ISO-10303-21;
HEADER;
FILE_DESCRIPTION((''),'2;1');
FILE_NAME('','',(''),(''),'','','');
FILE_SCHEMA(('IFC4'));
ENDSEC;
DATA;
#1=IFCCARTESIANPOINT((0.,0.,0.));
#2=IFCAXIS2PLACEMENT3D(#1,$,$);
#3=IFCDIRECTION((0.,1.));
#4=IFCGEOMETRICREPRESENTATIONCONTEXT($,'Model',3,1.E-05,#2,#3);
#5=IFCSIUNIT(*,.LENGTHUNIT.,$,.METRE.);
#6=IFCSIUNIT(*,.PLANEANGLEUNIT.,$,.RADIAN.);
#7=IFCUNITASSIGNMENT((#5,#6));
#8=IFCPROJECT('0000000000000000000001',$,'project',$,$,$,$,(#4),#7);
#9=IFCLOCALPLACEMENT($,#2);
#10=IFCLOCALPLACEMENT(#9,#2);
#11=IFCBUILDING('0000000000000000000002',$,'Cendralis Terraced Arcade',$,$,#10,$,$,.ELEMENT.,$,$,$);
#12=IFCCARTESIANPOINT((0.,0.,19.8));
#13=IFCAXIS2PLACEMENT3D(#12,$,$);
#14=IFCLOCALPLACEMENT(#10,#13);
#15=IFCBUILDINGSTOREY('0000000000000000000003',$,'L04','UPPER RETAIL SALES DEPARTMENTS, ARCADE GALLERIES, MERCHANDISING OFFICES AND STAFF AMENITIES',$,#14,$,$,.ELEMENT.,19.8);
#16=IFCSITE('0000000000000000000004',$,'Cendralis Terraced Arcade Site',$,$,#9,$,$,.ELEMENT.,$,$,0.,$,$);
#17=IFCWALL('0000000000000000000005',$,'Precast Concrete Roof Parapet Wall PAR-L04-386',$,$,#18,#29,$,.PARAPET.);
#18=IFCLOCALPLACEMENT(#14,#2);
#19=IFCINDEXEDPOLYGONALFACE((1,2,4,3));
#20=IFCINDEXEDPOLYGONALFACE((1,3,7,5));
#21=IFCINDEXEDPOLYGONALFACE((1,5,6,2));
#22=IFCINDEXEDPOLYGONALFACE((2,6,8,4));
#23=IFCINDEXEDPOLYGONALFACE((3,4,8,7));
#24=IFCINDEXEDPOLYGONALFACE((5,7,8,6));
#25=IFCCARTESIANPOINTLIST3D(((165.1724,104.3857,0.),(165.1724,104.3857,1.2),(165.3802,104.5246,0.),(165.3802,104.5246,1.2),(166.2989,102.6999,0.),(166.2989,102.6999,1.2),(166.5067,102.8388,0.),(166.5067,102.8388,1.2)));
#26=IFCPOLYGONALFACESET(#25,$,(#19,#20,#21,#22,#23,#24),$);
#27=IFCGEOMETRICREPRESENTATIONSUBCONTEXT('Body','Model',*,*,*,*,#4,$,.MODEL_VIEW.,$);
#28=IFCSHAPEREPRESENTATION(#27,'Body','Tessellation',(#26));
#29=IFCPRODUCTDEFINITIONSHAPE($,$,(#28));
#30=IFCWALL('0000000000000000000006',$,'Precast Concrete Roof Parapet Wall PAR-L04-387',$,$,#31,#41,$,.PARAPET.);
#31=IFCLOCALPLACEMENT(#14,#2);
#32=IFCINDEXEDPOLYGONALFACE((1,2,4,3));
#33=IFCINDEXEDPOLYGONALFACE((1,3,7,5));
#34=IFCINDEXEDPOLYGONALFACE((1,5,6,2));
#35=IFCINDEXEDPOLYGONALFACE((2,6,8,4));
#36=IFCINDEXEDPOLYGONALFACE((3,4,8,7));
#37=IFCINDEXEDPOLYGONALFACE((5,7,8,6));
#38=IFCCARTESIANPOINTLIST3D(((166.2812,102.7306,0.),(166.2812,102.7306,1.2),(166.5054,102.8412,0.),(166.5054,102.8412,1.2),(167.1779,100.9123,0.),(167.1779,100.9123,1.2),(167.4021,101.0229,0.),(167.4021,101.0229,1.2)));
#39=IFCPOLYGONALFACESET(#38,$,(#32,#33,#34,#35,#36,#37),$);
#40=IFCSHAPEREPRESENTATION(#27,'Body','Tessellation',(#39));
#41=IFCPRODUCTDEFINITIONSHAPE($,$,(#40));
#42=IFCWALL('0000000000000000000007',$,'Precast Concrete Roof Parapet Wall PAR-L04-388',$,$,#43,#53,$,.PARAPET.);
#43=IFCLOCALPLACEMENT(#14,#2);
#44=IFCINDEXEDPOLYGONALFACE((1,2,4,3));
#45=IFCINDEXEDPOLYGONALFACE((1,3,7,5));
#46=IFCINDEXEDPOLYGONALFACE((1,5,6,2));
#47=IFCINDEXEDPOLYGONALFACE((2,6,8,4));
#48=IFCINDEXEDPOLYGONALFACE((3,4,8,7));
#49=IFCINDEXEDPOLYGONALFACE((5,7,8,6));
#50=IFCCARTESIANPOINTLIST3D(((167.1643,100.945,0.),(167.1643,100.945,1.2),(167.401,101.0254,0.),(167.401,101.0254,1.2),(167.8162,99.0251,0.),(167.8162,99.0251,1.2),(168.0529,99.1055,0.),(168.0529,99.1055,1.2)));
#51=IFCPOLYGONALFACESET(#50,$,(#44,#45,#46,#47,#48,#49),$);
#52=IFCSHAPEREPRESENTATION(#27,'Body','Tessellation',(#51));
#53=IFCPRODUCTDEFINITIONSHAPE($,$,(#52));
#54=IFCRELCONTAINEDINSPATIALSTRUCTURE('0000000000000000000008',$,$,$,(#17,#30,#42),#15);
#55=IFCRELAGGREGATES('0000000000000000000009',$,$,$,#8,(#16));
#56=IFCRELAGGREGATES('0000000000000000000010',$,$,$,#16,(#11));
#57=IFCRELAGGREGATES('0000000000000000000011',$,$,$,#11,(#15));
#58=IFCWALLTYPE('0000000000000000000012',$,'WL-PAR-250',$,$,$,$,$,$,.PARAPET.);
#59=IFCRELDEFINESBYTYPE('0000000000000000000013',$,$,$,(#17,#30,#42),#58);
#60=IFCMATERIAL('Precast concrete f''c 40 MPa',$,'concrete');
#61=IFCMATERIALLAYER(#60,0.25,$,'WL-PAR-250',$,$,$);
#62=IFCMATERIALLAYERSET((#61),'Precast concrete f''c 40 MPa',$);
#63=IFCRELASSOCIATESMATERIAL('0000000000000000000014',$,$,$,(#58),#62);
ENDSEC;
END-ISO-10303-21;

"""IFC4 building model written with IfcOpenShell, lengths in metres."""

from ifc_helpers import new_model, si_unit, direction, frame, frame_2d, origin, place, context, subcontext, project, spatial, rectangle, extrude, material, layer, layer_set, type_object, element, save


model = new_model("IFC4")

# Units and contexts
model_context = context("Model", 3, precision=1e-05, world=origin(), true_north=direction((0.0, 1.0)))
body_context = subcontext(model_context, "Body", "Model", "MODEL_VIEW")
ifc_project = project(units=[si_unit("LENGTHUNIT", "METRE"), si_unit("PLANEANGLEUNIT", "RADIAN")], contexts=[model_context])

# Site, building, storey
site_placement = place(None, origin())
site = spatial("IfcSite", under=ifc_project, at=site_placement, Name="Cendralis Terraced Arcade Site", CompositionType="ELEMENT", RefElevation=0.0)
building_placement = place(site_placement, origin())
building = spatial("IfcBuilding", under=site, at=building_placement, Name="Cendralis Terraced Arcade", CompositionType="ELEMENT")
storey_placement = place(building_placement, frame((0.0, 0.0, 19.8)))
storey = spatial("IfcBuildingStorey", under=building, at=storey_placement, Name="L04", Description="UPPER RETAIL SALES DEPARTMENTS, ARCADE GALLERIES, MERCHANDISING OFFICES AND STAFF AMENITIES", CompositionType="ELEMENT", Elevation=19.8)

# Walls
ifc_material_1 = material(Name="Precast concrete f'c 40 MPa", Category="concrete")
ifc_layer_1 = layer(ifc_material_1, 0.25, Name="WL-PAR-250")
ifc_layer_set_1 = layer_set([ifc_layer_1], Name="Precast concrete f'c 40 MPa")
wall_type = type_object("IfcWallType", Name="WL-PAR-250", PredefinedType="PARAPET", material=ifc_layer_set_1)
for number, where, z_axis, x_axis, name in (
    (1, (165.2764, 104.4551, 0.0), (0.0, 0.0, 1.0), (0.555589, -0.831457, 0.0), "Precast Concrete Roof Parapet Wall PAR-L04-386"),
):
    element("IfcWall", number, at=place(storey_placement, frame(where, z_axis=z_axis, x_axis=x_axis)), inside=storey, type_object=wall_type, Name=name, PredefinedType="PARAPET", context=body_context, shape_type="SweptSolid", body=[
        extrude(rectangle(XDim=2.0276, YDim=0.25, at=frame_2d((1.0137, 0.0))), origin(), (0.0, 0.0, 1.0), 1.2),
    ])
wall_1_placement = place(storey_placement, frame((166.3933, 102.7859, 0.0), z_axis=(0.0, 0.0, 1.0), x_axis=(0.442294, -0.89687, 0.0)))
element("IfcWall", 2, at=wall_1_placement, inside=storey, type_object=wall_type, Name="Precast Concrete Roof Parapet Wall PAR-L04-387", PredefinedType="PARAPET", context=body_context, shape_type="SweptSolid", body=[
    extrude(rectangle(XDim=2.0273, YDim=0.25, at=frame_2d((1.0137, 0.0))), origin(), (0.0, 0.0, 1.0), 1.2),
])
wall_2_placement = place(storey_placement, frame((167.2827, 100.9851, 0.0), z_axis=(0.0, 0.0, 1.0), x_axis=(0.321497, -0.946911, 0.0)))
element("IfcWall", 3, at=wall_2_placement, inside=storey, type_object=wall_type, Name="Precast Concrete Roof Parapet Wall PAR-L04-388", PredefinedType="PARAPET", context=body_context, shape_type="SweptSolid", body=[
    extrude(rectangle(XDim=2.0276, YDim=0.25, at=frame_2d((1.0137, 0.0))), origin(), (0.0, 0.0, 1.0), 1.2),
])

save(model, "model.ifc")
